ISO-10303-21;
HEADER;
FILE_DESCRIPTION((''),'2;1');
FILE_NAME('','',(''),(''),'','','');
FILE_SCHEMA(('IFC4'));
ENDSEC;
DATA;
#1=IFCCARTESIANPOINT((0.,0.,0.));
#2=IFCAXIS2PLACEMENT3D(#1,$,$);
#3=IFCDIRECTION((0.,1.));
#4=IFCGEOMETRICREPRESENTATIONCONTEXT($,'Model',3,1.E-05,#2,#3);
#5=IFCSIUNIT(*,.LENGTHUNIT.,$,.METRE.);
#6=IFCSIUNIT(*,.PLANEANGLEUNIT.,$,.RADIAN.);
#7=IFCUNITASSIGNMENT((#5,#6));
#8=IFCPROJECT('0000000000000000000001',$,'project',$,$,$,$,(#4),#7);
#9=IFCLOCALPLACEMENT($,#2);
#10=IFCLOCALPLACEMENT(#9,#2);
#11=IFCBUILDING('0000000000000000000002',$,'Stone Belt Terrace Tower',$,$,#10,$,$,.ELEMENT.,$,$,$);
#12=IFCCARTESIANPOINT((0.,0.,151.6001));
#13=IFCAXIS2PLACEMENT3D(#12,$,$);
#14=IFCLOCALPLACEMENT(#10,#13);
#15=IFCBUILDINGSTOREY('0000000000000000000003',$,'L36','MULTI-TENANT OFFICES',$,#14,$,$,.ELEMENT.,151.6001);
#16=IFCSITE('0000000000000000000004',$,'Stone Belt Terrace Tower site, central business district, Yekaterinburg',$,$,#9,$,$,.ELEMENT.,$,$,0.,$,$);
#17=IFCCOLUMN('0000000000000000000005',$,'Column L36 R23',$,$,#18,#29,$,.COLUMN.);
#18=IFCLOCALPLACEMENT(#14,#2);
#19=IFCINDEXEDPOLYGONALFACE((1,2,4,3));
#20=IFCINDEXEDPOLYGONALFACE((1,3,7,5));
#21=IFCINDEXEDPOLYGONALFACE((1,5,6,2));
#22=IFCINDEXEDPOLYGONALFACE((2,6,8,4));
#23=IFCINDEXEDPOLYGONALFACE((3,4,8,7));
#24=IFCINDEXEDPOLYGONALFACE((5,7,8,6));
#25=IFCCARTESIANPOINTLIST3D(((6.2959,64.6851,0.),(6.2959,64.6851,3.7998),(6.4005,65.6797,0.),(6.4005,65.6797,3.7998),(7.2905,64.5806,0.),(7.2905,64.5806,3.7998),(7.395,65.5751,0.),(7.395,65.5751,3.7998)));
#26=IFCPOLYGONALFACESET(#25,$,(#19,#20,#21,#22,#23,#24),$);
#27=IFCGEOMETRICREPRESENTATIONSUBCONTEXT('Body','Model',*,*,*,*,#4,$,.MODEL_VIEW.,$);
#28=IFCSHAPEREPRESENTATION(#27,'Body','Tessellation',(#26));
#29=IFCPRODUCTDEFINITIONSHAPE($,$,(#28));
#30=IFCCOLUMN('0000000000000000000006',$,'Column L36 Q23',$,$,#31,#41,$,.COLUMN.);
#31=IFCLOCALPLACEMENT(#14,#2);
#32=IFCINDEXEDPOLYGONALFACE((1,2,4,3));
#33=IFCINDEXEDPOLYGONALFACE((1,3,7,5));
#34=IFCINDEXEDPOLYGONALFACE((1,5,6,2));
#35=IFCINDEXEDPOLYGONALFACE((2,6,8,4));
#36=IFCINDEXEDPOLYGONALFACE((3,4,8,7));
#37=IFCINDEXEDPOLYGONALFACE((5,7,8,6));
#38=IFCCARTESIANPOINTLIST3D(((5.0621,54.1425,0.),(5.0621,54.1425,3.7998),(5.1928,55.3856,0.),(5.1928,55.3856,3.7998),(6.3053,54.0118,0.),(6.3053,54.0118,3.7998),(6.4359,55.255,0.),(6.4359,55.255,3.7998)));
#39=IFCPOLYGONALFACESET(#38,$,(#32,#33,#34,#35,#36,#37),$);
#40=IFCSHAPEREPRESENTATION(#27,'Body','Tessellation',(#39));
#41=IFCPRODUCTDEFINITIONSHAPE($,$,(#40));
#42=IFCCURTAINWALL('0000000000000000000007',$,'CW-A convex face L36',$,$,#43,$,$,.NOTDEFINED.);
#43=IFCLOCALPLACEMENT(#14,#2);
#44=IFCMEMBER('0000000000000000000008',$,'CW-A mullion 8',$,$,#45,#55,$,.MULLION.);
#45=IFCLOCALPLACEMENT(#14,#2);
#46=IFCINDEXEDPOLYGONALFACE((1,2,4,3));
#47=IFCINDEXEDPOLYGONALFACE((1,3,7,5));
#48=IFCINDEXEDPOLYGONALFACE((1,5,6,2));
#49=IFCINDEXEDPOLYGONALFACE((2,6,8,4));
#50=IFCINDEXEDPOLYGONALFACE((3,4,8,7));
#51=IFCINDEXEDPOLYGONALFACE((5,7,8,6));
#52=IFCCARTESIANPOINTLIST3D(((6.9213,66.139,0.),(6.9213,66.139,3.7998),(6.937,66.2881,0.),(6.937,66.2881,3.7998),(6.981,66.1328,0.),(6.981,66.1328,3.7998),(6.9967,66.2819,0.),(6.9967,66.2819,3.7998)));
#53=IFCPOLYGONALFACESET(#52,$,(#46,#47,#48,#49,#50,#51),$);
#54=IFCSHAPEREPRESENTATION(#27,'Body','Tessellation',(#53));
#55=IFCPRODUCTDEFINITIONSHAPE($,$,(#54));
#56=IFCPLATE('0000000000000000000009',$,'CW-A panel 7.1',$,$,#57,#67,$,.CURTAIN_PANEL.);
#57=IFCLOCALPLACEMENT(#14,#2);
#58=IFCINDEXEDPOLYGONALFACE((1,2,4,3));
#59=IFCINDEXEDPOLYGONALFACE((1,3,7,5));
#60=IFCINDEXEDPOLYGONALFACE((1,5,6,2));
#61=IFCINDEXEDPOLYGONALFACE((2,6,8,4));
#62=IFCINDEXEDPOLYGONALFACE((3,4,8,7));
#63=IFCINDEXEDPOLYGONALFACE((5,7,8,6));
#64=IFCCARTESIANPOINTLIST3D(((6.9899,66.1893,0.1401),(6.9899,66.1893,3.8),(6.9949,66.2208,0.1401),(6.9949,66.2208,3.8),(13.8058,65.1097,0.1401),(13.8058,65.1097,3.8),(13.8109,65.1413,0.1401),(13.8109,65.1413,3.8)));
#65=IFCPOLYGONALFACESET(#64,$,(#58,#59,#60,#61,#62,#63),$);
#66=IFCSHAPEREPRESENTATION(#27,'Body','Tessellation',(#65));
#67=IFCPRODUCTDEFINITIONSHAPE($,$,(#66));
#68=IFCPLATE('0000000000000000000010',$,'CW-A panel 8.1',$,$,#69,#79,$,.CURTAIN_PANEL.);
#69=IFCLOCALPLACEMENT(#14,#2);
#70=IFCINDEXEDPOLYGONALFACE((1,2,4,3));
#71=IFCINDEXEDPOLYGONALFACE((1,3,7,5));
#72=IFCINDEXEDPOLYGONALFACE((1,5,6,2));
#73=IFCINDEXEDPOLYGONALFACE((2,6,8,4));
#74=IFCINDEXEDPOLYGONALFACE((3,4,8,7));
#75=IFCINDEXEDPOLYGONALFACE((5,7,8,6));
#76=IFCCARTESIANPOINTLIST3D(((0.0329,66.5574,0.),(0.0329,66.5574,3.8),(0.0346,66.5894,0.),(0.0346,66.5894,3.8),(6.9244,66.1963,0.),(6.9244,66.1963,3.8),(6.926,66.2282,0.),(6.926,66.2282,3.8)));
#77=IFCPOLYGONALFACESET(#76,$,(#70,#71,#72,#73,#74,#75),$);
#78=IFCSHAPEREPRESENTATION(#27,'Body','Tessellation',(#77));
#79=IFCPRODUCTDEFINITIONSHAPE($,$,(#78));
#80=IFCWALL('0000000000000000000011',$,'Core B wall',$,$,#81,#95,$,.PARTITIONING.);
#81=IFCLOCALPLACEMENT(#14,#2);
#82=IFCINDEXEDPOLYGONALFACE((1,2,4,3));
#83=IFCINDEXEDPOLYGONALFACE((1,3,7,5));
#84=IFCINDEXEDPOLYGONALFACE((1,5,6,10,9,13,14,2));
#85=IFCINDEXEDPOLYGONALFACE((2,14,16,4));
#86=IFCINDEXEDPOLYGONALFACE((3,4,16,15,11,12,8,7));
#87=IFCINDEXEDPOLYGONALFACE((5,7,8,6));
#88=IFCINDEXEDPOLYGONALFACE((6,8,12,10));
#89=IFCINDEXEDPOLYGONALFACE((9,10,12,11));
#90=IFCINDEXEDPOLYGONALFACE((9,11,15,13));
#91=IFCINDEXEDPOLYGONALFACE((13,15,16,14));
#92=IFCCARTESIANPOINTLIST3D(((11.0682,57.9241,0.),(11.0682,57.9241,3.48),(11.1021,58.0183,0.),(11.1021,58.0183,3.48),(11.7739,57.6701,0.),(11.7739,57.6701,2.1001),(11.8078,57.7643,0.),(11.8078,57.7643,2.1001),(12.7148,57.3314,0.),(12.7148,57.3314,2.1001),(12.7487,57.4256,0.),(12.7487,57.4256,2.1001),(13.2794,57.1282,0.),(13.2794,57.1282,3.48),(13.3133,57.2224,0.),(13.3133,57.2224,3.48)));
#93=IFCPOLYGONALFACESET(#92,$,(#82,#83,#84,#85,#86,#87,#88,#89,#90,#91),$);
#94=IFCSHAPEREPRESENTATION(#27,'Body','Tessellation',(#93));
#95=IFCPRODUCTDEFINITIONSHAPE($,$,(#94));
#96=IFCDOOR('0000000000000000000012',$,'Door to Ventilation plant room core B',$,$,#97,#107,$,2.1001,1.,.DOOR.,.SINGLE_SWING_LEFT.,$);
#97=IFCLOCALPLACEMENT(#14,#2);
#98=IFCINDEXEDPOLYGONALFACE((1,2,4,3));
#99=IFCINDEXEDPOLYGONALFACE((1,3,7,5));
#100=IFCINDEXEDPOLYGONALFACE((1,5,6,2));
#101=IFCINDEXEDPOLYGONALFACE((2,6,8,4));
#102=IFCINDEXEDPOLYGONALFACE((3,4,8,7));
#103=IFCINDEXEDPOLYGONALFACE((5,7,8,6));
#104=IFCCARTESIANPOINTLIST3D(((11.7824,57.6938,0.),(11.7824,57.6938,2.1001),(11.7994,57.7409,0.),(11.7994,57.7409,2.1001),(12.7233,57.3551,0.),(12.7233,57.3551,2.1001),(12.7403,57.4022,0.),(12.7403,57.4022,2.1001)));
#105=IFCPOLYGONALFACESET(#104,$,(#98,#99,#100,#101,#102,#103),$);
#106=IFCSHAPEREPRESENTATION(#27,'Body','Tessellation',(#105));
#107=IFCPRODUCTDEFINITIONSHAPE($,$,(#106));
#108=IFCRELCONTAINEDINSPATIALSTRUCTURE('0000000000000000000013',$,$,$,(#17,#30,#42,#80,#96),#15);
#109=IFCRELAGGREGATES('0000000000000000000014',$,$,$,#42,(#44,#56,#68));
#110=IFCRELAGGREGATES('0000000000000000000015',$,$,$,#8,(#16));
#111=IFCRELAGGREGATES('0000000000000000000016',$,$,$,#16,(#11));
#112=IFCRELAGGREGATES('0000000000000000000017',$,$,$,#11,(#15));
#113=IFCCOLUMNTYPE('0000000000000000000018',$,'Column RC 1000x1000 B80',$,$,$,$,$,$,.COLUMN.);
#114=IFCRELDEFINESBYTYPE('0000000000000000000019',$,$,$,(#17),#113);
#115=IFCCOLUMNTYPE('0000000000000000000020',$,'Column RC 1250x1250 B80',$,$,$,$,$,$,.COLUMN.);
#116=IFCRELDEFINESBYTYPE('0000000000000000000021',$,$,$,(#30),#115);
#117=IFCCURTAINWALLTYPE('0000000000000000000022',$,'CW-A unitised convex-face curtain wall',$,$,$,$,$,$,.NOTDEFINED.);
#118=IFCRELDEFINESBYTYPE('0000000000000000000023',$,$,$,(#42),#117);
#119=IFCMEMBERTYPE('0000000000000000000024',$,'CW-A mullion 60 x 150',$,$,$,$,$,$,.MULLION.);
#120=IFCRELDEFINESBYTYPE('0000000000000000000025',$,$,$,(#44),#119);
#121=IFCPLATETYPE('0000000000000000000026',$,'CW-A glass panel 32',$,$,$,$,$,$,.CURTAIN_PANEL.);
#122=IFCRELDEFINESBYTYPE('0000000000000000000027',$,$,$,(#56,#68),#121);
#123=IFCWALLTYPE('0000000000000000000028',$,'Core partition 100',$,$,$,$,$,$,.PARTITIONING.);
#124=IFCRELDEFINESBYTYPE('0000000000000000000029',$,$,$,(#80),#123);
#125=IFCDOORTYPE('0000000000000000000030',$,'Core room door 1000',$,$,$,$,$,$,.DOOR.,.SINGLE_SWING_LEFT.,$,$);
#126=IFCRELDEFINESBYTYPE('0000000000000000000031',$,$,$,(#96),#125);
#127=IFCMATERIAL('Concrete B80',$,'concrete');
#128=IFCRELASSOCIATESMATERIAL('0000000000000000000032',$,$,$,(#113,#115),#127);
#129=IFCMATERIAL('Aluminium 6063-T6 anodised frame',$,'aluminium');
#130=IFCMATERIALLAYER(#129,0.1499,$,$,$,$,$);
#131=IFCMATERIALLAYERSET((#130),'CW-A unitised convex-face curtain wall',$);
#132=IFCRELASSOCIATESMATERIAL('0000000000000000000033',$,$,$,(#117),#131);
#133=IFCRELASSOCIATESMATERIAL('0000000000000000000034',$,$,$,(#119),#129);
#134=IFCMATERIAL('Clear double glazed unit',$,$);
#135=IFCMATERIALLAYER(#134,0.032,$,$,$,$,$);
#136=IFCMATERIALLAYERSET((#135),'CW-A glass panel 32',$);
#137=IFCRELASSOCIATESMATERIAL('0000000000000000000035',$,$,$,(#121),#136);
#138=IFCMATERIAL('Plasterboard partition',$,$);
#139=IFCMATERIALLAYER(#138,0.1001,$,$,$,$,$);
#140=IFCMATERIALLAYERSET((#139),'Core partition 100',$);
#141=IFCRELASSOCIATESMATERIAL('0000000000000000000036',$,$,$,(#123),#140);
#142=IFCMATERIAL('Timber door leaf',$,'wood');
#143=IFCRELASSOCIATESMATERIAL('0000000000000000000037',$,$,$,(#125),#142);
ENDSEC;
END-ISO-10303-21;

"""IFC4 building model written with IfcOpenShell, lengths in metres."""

from ifc_helpers import new_model, si_unit, direction, frame, frame_2d, origin, origin_2d, place, context, subcontext, project, spatial, rectangle, extrude, material, layer, layer_set, material_profile, profile_set, type_object, element, fill, aggregate, save


model = new_model("IFC4")

# Units and contexts
model_context = context("Model", 3, precision=1e-05, world=origin(), true_north=direction((0.0, 1.0)))
body_context = subcontext(model_context, "Body", "Model", "MODEL_VIEW")
ifc_project = project(units=[si_unit("LENGTHUNIT", "METRE"), si_unit("PLANEANGLEUNIT", "RADIAN")], contexts=[model_context])

# Site, building, storey
site_placement = place(None, origin())
site = spatial("IfcSite", under=ifc_project, at=site_placement, Name="Stone Belt Terrace Tower site, central business district, Yekaterinburg", CompositionType="ELEMENT", RefElevation=0.0)
building_placement = place(site_placement, origin())
building = spatial("IfcBuilding", under=site, at=building_placement, Name="Stone Belt Terrace Tower", CompositionType="ELEMENT")
storey_placement = place(building_placement, frame((0.0, 0.0, 151.6001)))
storey = spatial("IfcBuildingStorey", under=building, at=storey_placement, Name="L36", Description="MULTI-TENANT OFFICES", CompositionType="ELEMENT", Elevation=151.6001)

# Columns
ifc_material_1 = material(Name="Concrete B80", Category="concrete")
ifc_material_profile_1 = material_profile(ifc_material_1, rectangle(XDim=1.0, YDim=1.0, at=origin_2d()), Name="RC 1000x1000")
ifc_profile_set_1 = profile_set([ifc_material_profile_1], Name="Concrete B80")
column_type_1 = type_object("IfcColumnType", Name="Column RC 1000x1000 B80", PredefinedType="COLUMN", material=ifc_profile_set_1)
column_1_placement = place(storey_placement, frame((6.8455, 65.1301, 0.0), z_axis=(0.0, 0.0, 1.0), x_axis=(0.994522, -0.104528, 0.0)))
element("IfcColumn", 1, at=column_1_placement, inside=storey, type_object=column_type_1, Name="Column L36 R23", PredefinedType="COLUMN", context=body_context, shape_type="SweptSolid", body=[
    extrude(rectangle(XDim=1.0, YDim=1.0, at=origin_2d()), origin(), (0.0, 0.0, 1.0), 3.7998),
])
ifc_material_profile_2 = material_profile(ifc_material_1, rectangle(XDim=1.25, YDim=1.25, at=origin_2d()), Name="RC 1250x1250")
ifc_profile_set_2 = profile_set([ifc_material_profile_2], Name="Concrete B80")
column_type_2 = type_object("IfcColumnType", Name="Column RC 1250x1250 B80", PredefinedType="COLUMN", material=ifc_profile_set_2)
column_2_placement = place(storey_placement, frame((5.749, 54.6987, 0.0), z_axis=(0.0, 0.0, 1.0), x_axis=(0.994522, -0.104528, 0.0)))
element("IfcColumn", 2, at=column_2_placement, inside=storey, type_object=column_type_2, Name="Column L36 Q23", PredefinedType="COLUMN", context=body_context, shape_type="SweptSolid", body=[
    extrude(rectangle(XDim=1.25, YDim=1.25, at=origin_2d()), origin(), (0.0, 0.0, 1.0), 3.7998),
])

# Curtain wall, member, plates
ifc_material_2 = material(Name="Aluminium 6063-T6 anodised frame", Category="aluminium")
ifc_layer_1 = layer(ifc_material_2, 0.1499)
ifc_layer_set_1 = layer_set([ifc_layer_1], Name="CW-A unitised convex-face curtain wall")
curtain_wall_type = type_object("IfcCurtainWallType", Name="CW-A unitised convex-face curtain wall", PredefinedType="NOTDEFINED", material=ifc_layer_set_1)
curtain_wall_placement = place(storey_placement, origin())
curtain_wall = element("IfcCurtainWall", 3, at=curtain_wall_placement, inside=storey, type_object=curtain_wall_type, Name="CW-A convex face L36", PredefinedType="NOTDEFINED")
ifc_material_profile_3 = material_profile(ifc_material_2, rectangle(XDim=0.1499, YDim=0.0601, at=origin_2d()), Name="Aluminium 6063-T6 60x150")
ifc_profile_set_3 = profile_set([ifc_material_profile_3], Name="Aluminium 6063-T6 anodised frame")
member_type = type_object("IfcMemberType", Name="CW-A mullion 60 x 150", PredefinedType="MULLION", material=ifc_profile_set_3)
member_placement = place(storey_placement, frame((6.959, 66.2104, 0.0), z_axis=(0.0, 0.0, 1.0), x_axis=(-0.104528, -0.994522, 0.0)))
member = element("IfcMember", 4, at=member_placement, type_object=member_type, Name="CW-A mullion 8", PredefinedType="MULLION", context=body_context, shape_type="SweptSolid", body=[
    extrude(rectangle(XDim=0.1499, YDim=0.0601, at=origin_2d()), origin(), (0.0, 0.0, 1.0), 3.7998),
])
ifc_material_3 = material(Name="Clear double glazed unit")
ifc_layer_2 = layer(ifc_material_3, 0.032)
ifc_layer_set_2 = layer_set([ifc_layer_2], Name="CW-A glass panel 32")
plate_type = type_object("IfcPlateType", Name="CW-A glass panel 32", PredefinedType="CURTAIN_PANEL", material=ifc_layer_set_2)
plate_1_placement = place(storey_placement, frame((10.4004, 65.6653, 0.1401), z_axis=(0.0, 0.0, 1.0), x_axis=(-0.987688, 0.156434, 0.0)))
plate_1 = element("IfcPlate", 5, at=plate_1_placement, type_object=plate_type, Name="CW-A panel 7.1", PredefinedType="CURTAIN_PANEL", context=body_context, shape_type="SweptSolid", body=[
    extrude(rectangle(XDim=6.9009, YDim=0.032, at=origin_2d()), origin(), (0.0, 0.0, 1.0), 3.6599),
])
plate_2_placement = place(storey_placement, frame((3.4795, 66.3928, 0.0), z_axis=(0.0, 0.0, 1.0), x_axis=(-0.99863, 0.052336, 0.0)))
plate_2 = element("IfcPlate", 6, at=plate_2_placement, type_object=plate_type, Name="CW-A panel 8.1", PredefinedType="CURTAIN_PANEL", context=body_context, shape_type="SweptSolid", body=[
    extrude(rectangle(XDim=6.9009, YDim=0.032, at=origin_2d()), origin(), (0.0, 0.0, 1.0), 3.8),
])
aggregate(curtain_wall, [member, plate_1, plate_2])

# Wall, opening, door
ifc_material_4 = material(Name="Plasterboard partition")
ifc_layer_3 = layer(ifc_material_4, 0.1001)
ifc_layer_set_3 = layer_set([ifc_layer_3], Name="Core partition 100")
wall_type_1 = type_object("IfcWallType", Name="Core partition 100", PredefinedType="PARTITIONING", material=ifc_layer_set_3)
wall_1_placement = place(storey_placement, frame((13.2964, 57.1753, 0.0), z_axis=(0.0, 0.0, 1.0), x_axis=(-0.940905, 0.338672, 0.0)))
wall_1 = element("IfcWall", 7, at=wall_1_placement, inside=storey, type_object=wall_type_1, Name="Core B wall", PredefinedType="PARTITIONING", context=body_context, shape_type="SweptSolid", body=[
    extrude(rectangle(XDim=2.3501, YDim=0.1001, at=frame_2d((1.175, 0.0))), origin(), (0.0, 0.0, 1.0), 3.48),
])
opening_1_placement = place(wall_1_placement, frame((0.6001, 0.0, 0.0)))
opening_1 = element("IfcOpeningElement", 8, at=opening_1_placement, cuts=wall_1, PredefinedType="OPENING", context=body_context, shape_type="SweptSolid", body=[
    extrude(rectangle(XDim=1.0, YDim=2.1001, at=frame_2d((0.5, 1.05))), frame((0.0, 0.0601, 0.0), z_axis=(0.0, -1.0, 0.0), x_axis=(1.0, 0.0, 0.0)), (0.0, 0.0, 1.0), 0.1201),
])
ifc_material_5 = material(Name="Timber door leaf", Category="wood")
door_type_1 = type_object("IfcDoorType", Name="Core room door 1000", OperationType="SINGLE_SWING_LEFT", PredefinedType="DOOR", material=ifc_material_5)
door_1_placement = place(opening_1_placement, origin())
door_1 = element("IfcDoor", 9, at=door_1_placement, inside=storey, type_object=door_type_1, Name="Door to Ventilation plant room core B", OperationType="SINGLE_SWING_LEFT", OverallHeight=2.1001, OverallWidth=1.0, PredefinedType="DOOR", context=body_context, shape_type="SweptSolid", body=[
    extrude(rectangle(XDim=1.0, YDim=2.1001, at=frame_2d((0.5, 1.05))), frame((0.0, 0.0249, 0.0), z_axis=(0.0, -1.0, 0.0), x_axis=(1.0, 0.0, 0.0)), (0.0, 0.0, 1.0), 0.05),
])
fill(opening_1, door_1)

save(model, "model.ifc")
